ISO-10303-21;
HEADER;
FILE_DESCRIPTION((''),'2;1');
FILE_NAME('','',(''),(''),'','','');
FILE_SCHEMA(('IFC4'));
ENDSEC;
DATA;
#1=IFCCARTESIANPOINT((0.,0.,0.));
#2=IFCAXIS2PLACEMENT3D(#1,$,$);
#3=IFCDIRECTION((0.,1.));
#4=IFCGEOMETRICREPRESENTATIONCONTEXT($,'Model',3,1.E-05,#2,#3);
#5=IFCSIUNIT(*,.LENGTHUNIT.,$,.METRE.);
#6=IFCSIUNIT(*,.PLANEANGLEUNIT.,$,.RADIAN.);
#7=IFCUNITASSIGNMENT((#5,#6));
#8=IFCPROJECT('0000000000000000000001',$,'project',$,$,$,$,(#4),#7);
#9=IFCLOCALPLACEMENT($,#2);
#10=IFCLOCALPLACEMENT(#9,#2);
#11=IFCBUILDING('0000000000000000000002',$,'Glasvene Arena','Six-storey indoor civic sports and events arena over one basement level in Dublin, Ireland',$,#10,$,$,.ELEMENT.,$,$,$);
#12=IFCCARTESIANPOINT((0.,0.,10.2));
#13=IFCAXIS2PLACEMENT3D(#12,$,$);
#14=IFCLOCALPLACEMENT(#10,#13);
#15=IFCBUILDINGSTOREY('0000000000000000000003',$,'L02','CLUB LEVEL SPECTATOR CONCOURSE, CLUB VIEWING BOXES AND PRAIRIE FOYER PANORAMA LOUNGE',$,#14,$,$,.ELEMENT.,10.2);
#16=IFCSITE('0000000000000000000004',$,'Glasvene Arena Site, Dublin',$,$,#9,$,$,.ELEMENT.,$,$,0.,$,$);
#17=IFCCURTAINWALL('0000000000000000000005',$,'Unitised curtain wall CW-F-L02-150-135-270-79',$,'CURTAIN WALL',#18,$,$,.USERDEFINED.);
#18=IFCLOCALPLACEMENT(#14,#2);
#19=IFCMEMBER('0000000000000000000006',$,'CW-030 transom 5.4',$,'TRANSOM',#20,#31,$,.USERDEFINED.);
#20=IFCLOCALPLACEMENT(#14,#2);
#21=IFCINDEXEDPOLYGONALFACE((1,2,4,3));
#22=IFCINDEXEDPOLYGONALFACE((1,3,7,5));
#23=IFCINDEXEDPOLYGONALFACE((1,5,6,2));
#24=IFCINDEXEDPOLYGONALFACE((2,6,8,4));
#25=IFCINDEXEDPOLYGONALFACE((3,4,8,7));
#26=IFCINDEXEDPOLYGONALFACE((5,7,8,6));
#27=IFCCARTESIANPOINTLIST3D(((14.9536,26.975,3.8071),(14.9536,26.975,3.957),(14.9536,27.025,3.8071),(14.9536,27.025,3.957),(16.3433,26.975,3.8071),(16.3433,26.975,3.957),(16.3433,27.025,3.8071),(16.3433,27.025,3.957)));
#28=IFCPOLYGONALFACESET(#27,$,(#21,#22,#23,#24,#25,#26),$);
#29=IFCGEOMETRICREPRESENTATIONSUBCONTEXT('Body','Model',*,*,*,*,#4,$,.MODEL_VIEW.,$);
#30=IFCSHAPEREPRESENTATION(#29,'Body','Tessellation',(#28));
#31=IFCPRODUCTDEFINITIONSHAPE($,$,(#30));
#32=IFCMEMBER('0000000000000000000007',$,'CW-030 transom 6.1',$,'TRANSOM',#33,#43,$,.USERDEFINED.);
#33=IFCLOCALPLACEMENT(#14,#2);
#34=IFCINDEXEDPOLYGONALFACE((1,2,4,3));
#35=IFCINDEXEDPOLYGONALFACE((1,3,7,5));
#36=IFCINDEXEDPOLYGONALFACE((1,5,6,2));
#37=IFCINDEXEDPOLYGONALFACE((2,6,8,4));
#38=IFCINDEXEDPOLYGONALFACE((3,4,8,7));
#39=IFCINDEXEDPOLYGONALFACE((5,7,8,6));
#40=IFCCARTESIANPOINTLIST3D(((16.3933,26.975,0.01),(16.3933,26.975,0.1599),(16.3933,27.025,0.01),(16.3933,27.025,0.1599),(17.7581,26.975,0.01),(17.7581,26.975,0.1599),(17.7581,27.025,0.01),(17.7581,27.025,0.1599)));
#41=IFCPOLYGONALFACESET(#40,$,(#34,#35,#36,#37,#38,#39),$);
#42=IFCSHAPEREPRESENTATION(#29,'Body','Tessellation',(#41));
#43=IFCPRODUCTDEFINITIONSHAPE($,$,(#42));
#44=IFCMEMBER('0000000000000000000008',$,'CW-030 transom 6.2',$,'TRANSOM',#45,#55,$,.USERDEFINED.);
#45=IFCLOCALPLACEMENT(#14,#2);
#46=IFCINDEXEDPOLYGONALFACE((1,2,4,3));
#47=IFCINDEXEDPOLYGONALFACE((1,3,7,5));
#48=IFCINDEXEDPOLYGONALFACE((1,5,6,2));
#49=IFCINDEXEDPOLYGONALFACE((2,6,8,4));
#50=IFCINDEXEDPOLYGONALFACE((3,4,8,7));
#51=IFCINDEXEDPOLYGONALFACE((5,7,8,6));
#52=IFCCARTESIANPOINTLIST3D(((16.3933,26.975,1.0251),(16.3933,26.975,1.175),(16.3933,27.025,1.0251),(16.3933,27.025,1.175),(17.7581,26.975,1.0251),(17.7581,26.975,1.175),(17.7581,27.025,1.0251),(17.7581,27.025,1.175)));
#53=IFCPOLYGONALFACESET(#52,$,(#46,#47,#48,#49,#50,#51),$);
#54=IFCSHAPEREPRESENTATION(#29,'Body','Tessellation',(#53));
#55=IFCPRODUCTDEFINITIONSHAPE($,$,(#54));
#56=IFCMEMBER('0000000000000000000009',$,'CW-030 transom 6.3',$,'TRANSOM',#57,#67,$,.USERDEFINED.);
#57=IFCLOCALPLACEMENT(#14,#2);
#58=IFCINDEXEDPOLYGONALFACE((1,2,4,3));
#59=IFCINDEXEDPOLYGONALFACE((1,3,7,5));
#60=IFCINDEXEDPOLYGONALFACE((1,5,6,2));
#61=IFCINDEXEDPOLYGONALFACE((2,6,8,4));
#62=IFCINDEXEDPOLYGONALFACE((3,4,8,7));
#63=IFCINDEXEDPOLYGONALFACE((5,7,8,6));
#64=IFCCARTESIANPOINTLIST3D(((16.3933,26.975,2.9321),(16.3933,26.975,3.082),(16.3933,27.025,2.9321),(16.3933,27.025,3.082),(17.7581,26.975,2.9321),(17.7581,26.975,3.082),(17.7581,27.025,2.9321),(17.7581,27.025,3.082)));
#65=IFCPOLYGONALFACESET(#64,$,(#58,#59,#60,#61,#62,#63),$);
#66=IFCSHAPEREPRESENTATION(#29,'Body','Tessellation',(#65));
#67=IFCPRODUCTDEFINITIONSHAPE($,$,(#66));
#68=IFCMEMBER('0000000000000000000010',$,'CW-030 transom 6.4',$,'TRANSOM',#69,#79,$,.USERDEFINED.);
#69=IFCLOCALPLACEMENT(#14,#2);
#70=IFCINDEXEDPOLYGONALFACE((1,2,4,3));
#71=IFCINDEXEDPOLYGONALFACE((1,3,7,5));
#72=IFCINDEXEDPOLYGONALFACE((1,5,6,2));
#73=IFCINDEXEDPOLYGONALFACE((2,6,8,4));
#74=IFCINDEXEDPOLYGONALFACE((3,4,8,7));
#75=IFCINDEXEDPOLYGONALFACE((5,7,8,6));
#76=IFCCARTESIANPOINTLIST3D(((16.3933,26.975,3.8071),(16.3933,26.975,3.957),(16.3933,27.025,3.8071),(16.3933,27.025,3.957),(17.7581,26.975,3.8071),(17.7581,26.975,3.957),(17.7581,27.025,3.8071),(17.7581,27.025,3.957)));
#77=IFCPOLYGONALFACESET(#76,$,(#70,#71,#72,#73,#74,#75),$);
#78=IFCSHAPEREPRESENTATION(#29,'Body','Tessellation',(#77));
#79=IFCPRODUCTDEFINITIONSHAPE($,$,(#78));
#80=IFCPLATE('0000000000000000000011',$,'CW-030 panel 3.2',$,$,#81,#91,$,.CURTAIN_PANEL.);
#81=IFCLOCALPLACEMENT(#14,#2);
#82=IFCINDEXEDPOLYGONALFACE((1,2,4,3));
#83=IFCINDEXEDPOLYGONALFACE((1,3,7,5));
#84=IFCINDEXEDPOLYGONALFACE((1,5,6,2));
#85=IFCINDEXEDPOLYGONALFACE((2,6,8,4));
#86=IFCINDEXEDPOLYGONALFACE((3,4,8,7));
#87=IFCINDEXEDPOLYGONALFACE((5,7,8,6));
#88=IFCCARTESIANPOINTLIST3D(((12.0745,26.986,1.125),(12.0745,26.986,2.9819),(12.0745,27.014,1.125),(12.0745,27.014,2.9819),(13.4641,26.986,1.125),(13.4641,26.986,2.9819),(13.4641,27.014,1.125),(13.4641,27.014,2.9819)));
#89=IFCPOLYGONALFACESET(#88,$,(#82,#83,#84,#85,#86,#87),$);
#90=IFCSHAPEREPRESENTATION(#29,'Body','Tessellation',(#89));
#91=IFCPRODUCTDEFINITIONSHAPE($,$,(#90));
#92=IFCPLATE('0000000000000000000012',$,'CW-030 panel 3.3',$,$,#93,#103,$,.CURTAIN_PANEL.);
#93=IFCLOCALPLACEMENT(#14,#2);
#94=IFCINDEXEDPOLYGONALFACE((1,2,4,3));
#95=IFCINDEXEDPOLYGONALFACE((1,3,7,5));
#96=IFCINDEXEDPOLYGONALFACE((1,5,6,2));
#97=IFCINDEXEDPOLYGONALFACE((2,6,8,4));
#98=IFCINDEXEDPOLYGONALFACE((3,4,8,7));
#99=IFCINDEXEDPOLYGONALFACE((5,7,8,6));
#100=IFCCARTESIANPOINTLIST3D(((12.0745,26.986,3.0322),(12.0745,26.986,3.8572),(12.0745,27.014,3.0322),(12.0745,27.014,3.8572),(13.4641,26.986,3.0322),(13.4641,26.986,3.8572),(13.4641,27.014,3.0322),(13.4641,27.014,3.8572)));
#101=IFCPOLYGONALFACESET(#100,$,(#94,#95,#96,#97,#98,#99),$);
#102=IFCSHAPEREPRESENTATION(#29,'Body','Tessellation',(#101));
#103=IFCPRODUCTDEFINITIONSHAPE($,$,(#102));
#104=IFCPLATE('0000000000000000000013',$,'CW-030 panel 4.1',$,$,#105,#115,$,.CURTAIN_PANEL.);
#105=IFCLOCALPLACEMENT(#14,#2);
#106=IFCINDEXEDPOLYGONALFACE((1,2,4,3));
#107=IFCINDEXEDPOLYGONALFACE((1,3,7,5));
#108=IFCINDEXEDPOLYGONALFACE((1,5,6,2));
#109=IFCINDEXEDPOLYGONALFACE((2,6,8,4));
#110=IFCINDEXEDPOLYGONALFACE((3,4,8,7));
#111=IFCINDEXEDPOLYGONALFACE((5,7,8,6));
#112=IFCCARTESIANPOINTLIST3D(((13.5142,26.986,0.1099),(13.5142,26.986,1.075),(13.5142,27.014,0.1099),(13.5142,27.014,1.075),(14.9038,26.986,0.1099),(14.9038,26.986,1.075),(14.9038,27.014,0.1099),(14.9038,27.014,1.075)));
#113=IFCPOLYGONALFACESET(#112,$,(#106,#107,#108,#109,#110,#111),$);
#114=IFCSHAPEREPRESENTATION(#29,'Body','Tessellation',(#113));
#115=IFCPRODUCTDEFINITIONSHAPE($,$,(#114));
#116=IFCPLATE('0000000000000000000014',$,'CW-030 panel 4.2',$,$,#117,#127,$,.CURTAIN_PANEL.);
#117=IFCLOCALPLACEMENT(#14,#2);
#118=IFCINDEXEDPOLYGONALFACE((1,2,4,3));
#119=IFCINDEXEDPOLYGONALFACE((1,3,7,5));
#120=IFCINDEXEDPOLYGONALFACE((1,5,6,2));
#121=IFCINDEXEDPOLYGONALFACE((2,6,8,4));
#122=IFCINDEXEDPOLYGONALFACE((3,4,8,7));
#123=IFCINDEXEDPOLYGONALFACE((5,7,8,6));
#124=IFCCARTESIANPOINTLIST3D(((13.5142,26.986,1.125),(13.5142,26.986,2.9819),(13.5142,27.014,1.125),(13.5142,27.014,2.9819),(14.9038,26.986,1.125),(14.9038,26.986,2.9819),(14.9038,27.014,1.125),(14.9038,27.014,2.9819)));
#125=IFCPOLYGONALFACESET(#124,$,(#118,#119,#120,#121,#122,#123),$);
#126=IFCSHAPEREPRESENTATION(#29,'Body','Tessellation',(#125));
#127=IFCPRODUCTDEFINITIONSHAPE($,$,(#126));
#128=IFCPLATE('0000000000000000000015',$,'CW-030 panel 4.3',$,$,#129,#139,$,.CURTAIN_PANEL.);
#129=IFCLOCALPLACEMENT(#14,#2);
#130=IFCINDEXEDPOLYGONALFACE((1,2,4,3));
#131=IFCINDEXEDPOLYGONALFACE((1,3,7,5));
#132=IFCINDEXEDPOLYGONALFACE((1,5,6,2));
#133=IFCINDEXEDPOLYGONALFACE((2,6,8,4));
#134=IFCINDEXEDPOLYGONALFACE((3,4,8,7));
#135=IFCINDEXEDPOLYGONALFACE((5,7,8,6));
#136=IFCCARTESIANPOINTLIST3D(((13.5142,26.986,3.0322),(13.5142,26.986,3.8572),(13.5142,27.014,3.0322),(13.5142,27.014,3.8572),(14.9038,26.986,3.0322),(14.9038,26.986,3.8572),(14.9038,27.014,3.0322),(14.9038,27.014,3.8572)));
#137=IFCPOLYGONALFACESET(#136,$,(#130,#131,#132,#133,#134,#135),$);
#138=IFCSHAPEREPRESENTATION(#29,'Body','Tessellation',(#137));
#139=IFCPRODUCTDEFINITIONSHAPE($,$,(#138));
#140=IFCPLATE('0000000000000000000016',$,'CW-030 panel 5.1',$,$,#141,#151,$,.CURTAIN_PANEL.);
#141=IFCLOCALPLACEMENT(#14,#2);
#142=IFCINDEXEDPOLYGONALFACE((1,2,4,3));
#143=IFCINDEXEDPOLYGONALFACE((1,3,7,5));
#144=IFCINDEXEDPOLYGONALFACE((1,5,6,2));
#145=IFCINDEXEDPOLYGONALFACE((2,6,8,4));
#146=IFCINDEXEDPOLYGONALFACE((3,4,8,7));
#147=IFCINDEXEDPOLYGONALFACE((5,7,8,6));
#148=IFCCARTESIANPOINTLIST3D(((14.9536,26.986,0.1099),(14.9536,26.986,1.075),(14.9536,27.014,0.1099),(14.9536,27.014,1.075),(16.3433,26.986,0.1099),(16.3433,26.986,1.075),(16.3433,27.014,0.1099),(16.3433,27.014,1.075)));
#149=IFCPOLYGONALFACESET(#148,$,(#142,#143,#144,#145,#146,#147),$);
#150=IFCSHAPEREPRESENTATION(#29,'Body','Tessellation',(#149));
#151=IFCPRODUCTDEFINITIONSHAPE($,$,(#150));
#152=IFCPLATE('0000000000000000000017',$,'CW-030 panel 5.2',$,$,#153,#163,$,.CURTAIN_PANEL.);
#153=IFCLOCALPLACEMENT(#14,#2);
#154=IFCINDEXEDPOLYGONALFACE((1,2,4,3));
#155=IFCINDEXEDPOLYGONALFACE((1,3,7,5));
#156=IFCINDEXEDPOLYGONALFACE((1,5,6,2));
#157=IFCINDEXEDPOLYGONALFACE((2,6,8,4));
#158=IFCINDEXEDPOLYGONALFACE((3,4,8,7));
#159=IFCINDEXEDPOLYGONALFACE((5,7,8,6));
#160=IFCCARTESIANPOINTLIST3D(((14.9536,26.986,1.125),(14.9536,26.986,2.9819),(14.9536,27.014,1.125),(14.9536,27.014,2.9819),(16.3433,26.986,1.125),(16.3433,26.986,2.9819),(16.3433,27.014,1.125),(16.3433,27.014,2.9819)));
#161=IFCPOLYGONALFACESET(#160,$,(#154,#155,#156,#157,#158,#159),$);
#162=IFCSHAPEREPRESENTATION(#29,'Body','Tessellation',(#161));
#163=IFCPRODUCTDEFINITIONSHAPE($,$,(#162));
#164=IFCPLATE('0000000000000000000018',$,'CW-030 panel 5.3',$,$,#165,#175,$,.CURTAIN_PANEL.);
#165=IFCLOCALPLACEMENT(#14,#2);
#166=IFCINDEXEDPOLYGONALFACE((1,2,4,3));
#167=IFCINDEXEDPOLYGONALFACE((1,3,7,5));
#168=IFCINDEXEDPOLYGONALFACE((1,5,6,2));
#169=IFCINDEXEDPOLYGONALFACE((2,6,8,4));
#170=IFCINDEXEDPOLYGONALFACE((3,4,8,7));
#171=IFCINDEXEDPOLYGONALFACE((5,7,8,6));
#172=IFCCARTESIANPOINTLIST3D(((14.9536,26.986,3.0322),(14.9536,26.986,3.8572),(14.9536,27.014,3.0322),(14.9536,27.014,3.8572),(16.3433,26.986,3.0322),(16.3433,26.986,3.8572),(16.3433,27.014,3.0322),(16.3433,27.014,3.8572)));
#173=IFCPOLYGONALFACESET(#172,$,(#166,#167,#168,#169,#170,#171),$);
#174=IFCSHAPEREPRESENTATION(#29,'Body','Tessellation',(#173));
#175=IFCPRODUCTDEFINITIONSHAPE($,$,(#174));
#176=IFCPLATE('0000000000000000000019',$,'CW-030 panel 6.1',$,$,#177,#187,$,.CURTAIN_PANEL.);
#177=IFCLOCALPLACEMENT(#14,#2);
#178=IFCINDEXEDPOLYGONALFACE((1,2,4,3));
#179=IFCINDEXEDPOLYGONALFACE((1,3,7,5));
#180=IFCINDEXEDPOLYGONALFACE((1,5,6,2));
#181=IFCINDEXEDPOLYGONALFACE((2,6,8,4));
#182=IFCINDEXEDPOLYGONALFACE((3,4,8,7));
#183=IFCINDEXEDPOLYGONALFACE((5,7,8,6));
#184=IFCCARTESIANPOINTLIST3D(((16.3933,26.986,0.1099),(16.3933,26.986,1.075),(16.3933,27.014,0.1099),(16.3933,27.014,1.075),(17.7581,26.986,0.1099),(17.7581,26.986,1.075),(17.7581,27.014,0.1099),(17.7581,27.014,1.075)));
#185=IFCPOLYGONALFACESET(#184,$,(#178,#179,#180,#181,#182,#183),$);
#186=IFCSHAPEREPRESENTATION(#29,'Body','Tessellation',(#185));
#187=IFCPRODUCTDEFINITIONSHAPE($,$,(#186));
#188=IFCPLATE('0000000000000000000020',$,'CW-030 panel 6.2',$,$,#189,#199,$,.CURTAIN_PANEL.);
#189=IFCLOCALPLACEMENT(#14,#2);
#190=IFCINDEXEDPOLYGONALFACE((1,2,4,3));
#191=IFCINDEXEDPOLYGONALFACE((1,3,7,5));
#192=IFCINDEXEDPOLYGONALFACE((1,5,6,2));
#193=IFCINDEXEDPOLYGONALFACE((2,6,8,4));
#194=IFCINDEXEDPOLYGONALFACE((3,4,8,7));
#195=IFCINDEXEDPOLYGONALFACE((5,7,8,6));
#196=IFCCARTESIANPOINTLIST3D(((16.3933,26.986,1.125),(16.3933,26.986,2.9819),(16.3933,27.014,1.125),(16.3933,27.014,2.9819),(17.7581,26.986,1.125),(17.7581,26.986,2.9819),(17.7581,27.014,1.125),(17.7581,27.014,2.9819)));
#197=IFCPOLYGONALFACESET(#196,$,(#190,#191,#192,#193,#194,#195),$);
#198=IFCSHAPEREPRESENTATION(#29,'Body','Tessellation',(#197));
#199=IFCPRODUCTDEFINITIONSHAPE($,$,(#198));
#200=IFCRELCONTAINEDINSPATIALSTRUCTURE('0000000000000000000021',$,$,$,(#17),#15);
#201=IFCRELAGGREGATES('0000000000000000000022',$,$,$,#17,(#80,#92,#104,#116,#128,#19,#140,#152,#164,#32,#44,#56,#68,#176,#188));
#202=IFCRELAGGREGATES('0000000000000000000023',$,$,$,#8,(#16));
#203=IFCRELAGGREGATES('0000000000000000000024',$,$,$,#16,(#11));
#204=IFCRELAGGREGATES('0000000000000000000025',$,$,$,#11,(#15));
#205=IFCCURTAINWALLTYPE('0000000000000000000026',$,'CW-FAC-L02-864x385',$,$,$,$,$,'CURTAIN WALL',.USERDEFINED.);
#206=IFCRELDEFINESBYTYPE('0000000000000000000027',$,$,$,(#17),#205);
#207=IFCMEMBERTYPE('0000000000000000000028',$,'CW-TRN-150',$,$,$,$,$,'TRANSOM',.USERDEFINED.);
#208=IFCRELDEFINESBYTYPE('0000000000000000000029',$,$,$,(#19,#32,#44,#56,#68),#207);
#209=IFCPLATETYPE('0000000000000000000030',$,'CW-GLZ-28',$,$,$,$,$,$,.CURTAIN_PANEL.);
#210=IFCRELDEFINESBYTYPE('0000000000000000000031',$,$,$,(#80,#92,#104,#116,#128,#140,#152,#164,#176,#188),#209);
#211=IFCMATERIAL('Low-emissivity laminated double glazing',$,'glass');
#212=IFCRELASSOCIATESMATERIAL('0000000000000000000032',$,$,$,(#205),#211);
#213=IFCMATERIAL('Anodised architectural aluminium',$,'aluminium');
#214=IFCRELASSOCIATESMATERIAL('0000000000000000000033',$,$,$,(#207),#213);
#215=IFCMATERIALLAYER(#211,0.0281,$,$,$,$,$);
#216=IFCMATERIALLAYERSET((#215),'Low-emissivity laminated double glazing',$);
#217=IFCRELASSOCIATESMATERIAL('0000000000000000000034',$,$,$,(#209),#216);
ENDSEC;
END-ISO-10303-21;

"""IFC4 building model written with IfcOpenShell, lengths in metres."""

from ifc_helpers import new_model, si_unit, direction, frame, origin, origin_2d, place, context, subcontext, project, spatial, rectangle, extrude, material, layer, layer_set, material_profile, profile_set, type_object, element, aggregate, save


model = new_model("IFC4")

# Units and contexts
model_context = context("Model", 3, precision=1e-05, world=origin(), true_north=direction((0.0, 1.0)))
body_context = subcontext(model_context, "Body", "Model", "MODEL_VIEW")
ifc_project = project(units=[si_unit("LENGTHUNIT", "METRE"), si_unit("PLANEANGLEUNIT", "RADIAN")], contexts=[model_context])

# Site, building, storey
site_placement = place(None, origin())
site = spatial("IfcSite", under=ifc_project, at=site_placement, Name="Glasvene Arena Site, Dublin", CompositionType="ELEMENT", RefElevation=0.0)
building_placement = place(site_placement, origin())
building = spatial("IfcBuilding", under=site, at=building_placement, Name="Glasvene Arena", Description="Six-storey indoor civic sports and events arena over one basement level in Dublin, Ireland", CompositionType="ELEMENT")
storey_placement = place(building_placement, frame((0.0, 0.0, 10.2)))
storey = spatial("IfcBuildingStorey", under=building, at=storey_placement, Name="L02", Description="CLUB LEVEL SPECTATOR CONCOURSE, CLUB VIEWING BOXES AND PRAIRIE FOYER PANORAMA LOUNGE", CompositionType="ELEMENT", Elevation=10.2)

# Curtain wall, members, plates
ifc_material_1 = material(Name="Low-emissivity laminated double glazing", Category="glass")
curtain_wall_type = type_object("IfcCurtainWallType", Name="CW-FAC-L02-864x385", ElementType="CURTAIN WALL", PredefinedType="USERDEFINED", material=ifc_material_1)
curtain_wall_placement = place(storey_placement, frame((9.1702, 27.0, 0.0)))
curtain_wall = element("IfcCurtainWall", 1, at=curtain_wall_placement, inside=storey, type_object=curtain_wall_type, Name="Unitised curtain wall CW-F-L02-150-135-270-79", ObjectType="CURTAIN WALL", PredefinedType="USERDEFINED")
ifc_material_2 = material(Name="Anodised architectural aluminium", Category="aluminium")
ifc_material_profile_1 = material_profile(ifc_material_2, rectangle(XDim=0.05, YDim=0.1499, at=origin_2d()), Name="ALU TRANSOM 50x150")
ifc_profile_set_1 = profile_set([ifc_material_profile_1], Name="Anodised architectural aluminium")
member_type_1 = type_object("IfcMemberType", Name="CW-TRN-150", ElementType="TRANSOM", PredefinedType="USERDEFINED", material=ifc_profile_set_1)
member_1_placement = place(storey_placement, frame((14.9536, 27.0, 3.8821), z_axis=(1.0, 0.0, 0.0), x_axis=(0.0, 1.0, 0.0)))
member_1 = element("IfcMember", 2, at=member_1_placement, type_object=member_type_1, Name="CW-030 transom 5.4", ObjectType="TRANSOM", PredefinedType="USERDEFINED", context=body_context, shape_type="SweptSolid", body=[
    extrude(rectangle(XDim=0.05, YDim=0.1499, at=origin_2d()), origin(), (0.0, 0.0, 1.0), 1.3896),
])
member_2_placement = place(storey_placement, frame((16.3933, 27.0, 0.085), z_axis=(1.0, 0.0, 0.0), x_axis=(0.0, 1.0, 0.0)))
member_2 = element("IfcMember", 3, at=member_2_placement, type_object=member_type_1, Name="CW-030 transom 6.1", ObjectType="TRANSOM", PredefinedType="USERDEFINED", context=body_context, shape_type="SweptSolid", body=[
    extrude(rectangle(XDim=0.05, YDim=0.1499, at=origin_2d()), origin(), (0.0, 0.0, 1.0), 1.3647),
])
member_3_placement = place(storey_placement, frame((16.3933, 27.0, 1.1001), z_axis=(1.0, 0.0, 0.0), x_axis=(0.0, 1.0, 0.0)))
member_3 = element("IfcMember", 4, at=member_3_placement, type_object=member_type_1, Name="CW-030 transom 6.2", ObjectType="TRANSOM", PredefinedType="USERDEFINED", context=body_context, shape_type="SweptSolid", body=[
    extrude(rectangle(XDim=0.05, YDim=0.1499, at=origin_2d()), origin(), (0.0, 0.0, 1.0), 1.3647),
])
member_4_placement = place(storey_placement, frame((16.3933, 27.0, 3.0071), z_axis=(1.0, 0.0, 0.0), x_axis=(0.0, 1.0, 0.0)))
member_4 = element("IfcMember", 5, at=member_4_placement, type_object=member_type_1, Name="CW-030 transom 6.3", ObjectType="TRANSOM", PredefinedType="USERDEFINED", context=body_context, shape_type="SweptSolid", body=[
    extrude(rectangle(XDim=0.05, YDim=0.1499, at=origin_2d()), origin(), (0.0, 0.0, 1.0), 1.3647),
])
member_5_placement = place(storey_placement, frame((16.3933, 27.0, 3.8821), z_axis=(1.0, 0.0, 0.0), x_axis=(0.0, 1.0, 0.0)))
member_5 = element("IfcMember", 6, at=member_5_placement, type_object=member_type_1, Name="CW-030 transom 6.4", ObjectType="TRANSOM", PredefinedType="USERDEFINED", context=body_context, shape_type="SweptSolid", body=[
    extrude(rectangle(XDim=0.05, YDim=0.1499, at=origin_2d()), origin(), (0.0, 0.0, 1.0), 1.3647),
])
ifc_layer_1 = layer(ifc_material_1, 0.0281)
ifc_layer_set_1 = layer_set([ifc_layer_1], Name="Low-emissivity laminated double glazing")
plate_type = type_object("IfcPlateType", Name="CW-GLZ-28", PredefinedType="CURTAIN_PANEL", material=ifc_layer_set_1)
plate_1_placement = place(storey_placement, frame((12.7693, 27.0, 1.125), z_axis=(0.0, 0.0, 1.0), x_axis=(1.0, 0.0, 0.0)))
plate_1 = element("IfcPlate", 7, at=plate_1_placement, type_object=plate_type, Name="CW-030 panel 3.2", PredefinedType="CURTAIN_PANEL", context=body_context, shape_type="SweptSolid", body=[
    extrude(rectangle(XDim=1.3896, YDim=0.0281, at=origin_2d()), origin(), (0.0, 0.0, 1.0), 1.8569),
])
plate_2_placement = place(storey_placement, frame((12.7693, 27.0, 3.0322), z_axis=(0.0, 0.0, 1.0), x_axis=(1.0, 0.0, 0.0)))
plate_2 = element("IfcPlate", 8, at=plate_2_placement, type_object=plate_type, Name="CW-030 panel 3.3", PredefinedType="CURTAIN_PANEL", context=body_context, shape_type="SweptSolid", body=[
    extrude(rectangle(XDim=1.3896, YDim=0.0281, at=origin_2d()), origin(), (0.0, 0.0, 1.0), 0.825),
])
plate_3_placement = place(storey_placement, frame((14.209, 27.0, 0.1099), z_axis=(0.0, 0.0, 1.0), x_axis=(1.0, 0.0, 0.0)))
plate_3 = element("IfcPlate", 9, at=plate_3_placement, type_object=plate_type, Name="CW-030 panel 4.1", PredefinedType="CURTAIN_PANEL", context=body_context, shape_type="SweptSolid", body=[
    extrude(rectangle(XDim=1.3896, YDim=0.0281, at=origin_2d()), origin(), (0.0, 0.0, 1.0), 0.9651),
])
plate_4_placement = place(storey_placement, frame((14.209, 27.0, 1.125), z_axis=(0.0, 0.0, 1.0), x_axis=(1.0, 0.0, 0.0)))
plate_4 = element("IfcPlate", 10, at=plate_4_placement, type_object=plate_type, Name="CW-030 panel 4.2", PredefinedType="CURTAIN_PANEL", context=body_context, shape_type="SweptSolid", body=[
    extrude(rectangle(XDim=1.3896, YDim=0.0281, at=origin_2d()), origin(), (0.0, 0.0, 1.0), 1.8569),
])
plate_5_placement = place(storey_placement, frame((14.209, 27.0, 3.0322), z_axis=(0.0, 0.0, 1.0), x_axis=(1.0, 0.0, 0.0)))
plate_5 = element("IfcPlate", 11, at=plate_5_placement, type_object=plate_type, Name="CW-030 panel 4.3", PredefinedType="CURTAIN_PANEL", context=body_context, shape_type="SweptSolid", body=[
    extrude(rectangle(XDim=1.3896, YDim=0.0281, at=origin_2d()), origin(), (0.0, 0.0, 1.0), 0.825),
])
plate_6_placement = place(storey_placement, frame((15.6484, 27.0, 0.1099), z_axis=(0.0, 0.0, 1.0), x_axis=(1.0, 0.0, 0.0)))
plate_6 = element("IfcPlate", 12, at=plate_6_placement, type_object=plate_type, Name="CW-030 panel 5.1", PredefinedType="CURTAIN_PANEL", context=body_context, shape_type="SweptSolid", body=[
    extrude(rectangle(XDim=1.3896, YDim=0.0281, at=origin_2d()), origin(), (0.0, 0.0, 1.0), 0.9651),
])
plate_7_placement = place(storey_placement, frame((15.6484, 27.0, 1.125), z_axis=(0.0, 0.0, 1.0), x_axis=(1.0, 0.0, 0.0)))
plate_7 = element("IfcPlate", 13, at=plate_7_placement, type_object=plate_type, Name="CW-030 panel 5.2", PredefinedType="CURTAIN_PANEL", context=body_context, shape_type="SweptSolid", body=[
    extrude(rectangle(XDim=1.3896, YDim=0.0281, at=origin_2d()), origin(), (0.0, 0.0, 1.0), 1.8569),
])
plate_8_placement = place(storey_placement, frame((15.6484, 27.0, 3.0322), z_axis=(0.0, 0.0, 1.0), x_axis=(1.0, 0.0, 0.0)))
plate_8 = element("IfcPlate", 14, at=plate_8_placement, type_object=plate_type, Name="CW-030 panel 5.3", PredefinedType="CURTAIN_PANEL", context=body_context, shape_type="SweptSolid", body=[
    extrude(rectangle(XDim=1.3896, YDim=0.0281, at=origin_2d()), origin(), (0.0, 0.0, 1.0), 0.825),
])
plate_9_placement = place(storey_placement, frame((17.0757, 27.0, 0.1099), z_axis=(0.0, 0.0, 1.0), x_axis=(1.0, 0.0, 0.0)))
plate_9 = element("IfcPlate", 15, at=plate_9_placement, type_object=plate_type, Name="CW-030 panel 6.1", PredefinedType="CURTAIN_PANEL", context=body_context, shape_type="SweptSolid", body=[
    extrude(rectangle(XDim=1.3647, YDim=0.0281, at=origin_2d()), origin(), (0.0, 0.0, 1.0), 0.9651),
])
plate_10_placement = place(storey_placement, frame((17.0757, 27.0, 1.125), z_axis=(0.0, 0.0, 1.0), x_axis=(1.0, 0.0, 0.0)))
plate_10 = element("IfcPlate", 16, at=plate_10_placement, type_object=plate_type, Name="CW-030 panel 6.2", PredefinedType="CURTAIN_PANEL", context=body_context, shape_type="SweptSolid", body=[
    extrude(rectangle(XDim=1.3647, YDim=0.0281, at=origin_2d()), origin(), (0.0, 0.0, 1.0), 1.8569),
])
aggregate(curtain_wall, [plate_1, plate_2, plate_3, plate_4, plate_5, member_1, plate_6, plate_7, plate_8, member_2, member_3, member_4, member_5, plate_9, plate_10])

save(model, "model.ifc")
